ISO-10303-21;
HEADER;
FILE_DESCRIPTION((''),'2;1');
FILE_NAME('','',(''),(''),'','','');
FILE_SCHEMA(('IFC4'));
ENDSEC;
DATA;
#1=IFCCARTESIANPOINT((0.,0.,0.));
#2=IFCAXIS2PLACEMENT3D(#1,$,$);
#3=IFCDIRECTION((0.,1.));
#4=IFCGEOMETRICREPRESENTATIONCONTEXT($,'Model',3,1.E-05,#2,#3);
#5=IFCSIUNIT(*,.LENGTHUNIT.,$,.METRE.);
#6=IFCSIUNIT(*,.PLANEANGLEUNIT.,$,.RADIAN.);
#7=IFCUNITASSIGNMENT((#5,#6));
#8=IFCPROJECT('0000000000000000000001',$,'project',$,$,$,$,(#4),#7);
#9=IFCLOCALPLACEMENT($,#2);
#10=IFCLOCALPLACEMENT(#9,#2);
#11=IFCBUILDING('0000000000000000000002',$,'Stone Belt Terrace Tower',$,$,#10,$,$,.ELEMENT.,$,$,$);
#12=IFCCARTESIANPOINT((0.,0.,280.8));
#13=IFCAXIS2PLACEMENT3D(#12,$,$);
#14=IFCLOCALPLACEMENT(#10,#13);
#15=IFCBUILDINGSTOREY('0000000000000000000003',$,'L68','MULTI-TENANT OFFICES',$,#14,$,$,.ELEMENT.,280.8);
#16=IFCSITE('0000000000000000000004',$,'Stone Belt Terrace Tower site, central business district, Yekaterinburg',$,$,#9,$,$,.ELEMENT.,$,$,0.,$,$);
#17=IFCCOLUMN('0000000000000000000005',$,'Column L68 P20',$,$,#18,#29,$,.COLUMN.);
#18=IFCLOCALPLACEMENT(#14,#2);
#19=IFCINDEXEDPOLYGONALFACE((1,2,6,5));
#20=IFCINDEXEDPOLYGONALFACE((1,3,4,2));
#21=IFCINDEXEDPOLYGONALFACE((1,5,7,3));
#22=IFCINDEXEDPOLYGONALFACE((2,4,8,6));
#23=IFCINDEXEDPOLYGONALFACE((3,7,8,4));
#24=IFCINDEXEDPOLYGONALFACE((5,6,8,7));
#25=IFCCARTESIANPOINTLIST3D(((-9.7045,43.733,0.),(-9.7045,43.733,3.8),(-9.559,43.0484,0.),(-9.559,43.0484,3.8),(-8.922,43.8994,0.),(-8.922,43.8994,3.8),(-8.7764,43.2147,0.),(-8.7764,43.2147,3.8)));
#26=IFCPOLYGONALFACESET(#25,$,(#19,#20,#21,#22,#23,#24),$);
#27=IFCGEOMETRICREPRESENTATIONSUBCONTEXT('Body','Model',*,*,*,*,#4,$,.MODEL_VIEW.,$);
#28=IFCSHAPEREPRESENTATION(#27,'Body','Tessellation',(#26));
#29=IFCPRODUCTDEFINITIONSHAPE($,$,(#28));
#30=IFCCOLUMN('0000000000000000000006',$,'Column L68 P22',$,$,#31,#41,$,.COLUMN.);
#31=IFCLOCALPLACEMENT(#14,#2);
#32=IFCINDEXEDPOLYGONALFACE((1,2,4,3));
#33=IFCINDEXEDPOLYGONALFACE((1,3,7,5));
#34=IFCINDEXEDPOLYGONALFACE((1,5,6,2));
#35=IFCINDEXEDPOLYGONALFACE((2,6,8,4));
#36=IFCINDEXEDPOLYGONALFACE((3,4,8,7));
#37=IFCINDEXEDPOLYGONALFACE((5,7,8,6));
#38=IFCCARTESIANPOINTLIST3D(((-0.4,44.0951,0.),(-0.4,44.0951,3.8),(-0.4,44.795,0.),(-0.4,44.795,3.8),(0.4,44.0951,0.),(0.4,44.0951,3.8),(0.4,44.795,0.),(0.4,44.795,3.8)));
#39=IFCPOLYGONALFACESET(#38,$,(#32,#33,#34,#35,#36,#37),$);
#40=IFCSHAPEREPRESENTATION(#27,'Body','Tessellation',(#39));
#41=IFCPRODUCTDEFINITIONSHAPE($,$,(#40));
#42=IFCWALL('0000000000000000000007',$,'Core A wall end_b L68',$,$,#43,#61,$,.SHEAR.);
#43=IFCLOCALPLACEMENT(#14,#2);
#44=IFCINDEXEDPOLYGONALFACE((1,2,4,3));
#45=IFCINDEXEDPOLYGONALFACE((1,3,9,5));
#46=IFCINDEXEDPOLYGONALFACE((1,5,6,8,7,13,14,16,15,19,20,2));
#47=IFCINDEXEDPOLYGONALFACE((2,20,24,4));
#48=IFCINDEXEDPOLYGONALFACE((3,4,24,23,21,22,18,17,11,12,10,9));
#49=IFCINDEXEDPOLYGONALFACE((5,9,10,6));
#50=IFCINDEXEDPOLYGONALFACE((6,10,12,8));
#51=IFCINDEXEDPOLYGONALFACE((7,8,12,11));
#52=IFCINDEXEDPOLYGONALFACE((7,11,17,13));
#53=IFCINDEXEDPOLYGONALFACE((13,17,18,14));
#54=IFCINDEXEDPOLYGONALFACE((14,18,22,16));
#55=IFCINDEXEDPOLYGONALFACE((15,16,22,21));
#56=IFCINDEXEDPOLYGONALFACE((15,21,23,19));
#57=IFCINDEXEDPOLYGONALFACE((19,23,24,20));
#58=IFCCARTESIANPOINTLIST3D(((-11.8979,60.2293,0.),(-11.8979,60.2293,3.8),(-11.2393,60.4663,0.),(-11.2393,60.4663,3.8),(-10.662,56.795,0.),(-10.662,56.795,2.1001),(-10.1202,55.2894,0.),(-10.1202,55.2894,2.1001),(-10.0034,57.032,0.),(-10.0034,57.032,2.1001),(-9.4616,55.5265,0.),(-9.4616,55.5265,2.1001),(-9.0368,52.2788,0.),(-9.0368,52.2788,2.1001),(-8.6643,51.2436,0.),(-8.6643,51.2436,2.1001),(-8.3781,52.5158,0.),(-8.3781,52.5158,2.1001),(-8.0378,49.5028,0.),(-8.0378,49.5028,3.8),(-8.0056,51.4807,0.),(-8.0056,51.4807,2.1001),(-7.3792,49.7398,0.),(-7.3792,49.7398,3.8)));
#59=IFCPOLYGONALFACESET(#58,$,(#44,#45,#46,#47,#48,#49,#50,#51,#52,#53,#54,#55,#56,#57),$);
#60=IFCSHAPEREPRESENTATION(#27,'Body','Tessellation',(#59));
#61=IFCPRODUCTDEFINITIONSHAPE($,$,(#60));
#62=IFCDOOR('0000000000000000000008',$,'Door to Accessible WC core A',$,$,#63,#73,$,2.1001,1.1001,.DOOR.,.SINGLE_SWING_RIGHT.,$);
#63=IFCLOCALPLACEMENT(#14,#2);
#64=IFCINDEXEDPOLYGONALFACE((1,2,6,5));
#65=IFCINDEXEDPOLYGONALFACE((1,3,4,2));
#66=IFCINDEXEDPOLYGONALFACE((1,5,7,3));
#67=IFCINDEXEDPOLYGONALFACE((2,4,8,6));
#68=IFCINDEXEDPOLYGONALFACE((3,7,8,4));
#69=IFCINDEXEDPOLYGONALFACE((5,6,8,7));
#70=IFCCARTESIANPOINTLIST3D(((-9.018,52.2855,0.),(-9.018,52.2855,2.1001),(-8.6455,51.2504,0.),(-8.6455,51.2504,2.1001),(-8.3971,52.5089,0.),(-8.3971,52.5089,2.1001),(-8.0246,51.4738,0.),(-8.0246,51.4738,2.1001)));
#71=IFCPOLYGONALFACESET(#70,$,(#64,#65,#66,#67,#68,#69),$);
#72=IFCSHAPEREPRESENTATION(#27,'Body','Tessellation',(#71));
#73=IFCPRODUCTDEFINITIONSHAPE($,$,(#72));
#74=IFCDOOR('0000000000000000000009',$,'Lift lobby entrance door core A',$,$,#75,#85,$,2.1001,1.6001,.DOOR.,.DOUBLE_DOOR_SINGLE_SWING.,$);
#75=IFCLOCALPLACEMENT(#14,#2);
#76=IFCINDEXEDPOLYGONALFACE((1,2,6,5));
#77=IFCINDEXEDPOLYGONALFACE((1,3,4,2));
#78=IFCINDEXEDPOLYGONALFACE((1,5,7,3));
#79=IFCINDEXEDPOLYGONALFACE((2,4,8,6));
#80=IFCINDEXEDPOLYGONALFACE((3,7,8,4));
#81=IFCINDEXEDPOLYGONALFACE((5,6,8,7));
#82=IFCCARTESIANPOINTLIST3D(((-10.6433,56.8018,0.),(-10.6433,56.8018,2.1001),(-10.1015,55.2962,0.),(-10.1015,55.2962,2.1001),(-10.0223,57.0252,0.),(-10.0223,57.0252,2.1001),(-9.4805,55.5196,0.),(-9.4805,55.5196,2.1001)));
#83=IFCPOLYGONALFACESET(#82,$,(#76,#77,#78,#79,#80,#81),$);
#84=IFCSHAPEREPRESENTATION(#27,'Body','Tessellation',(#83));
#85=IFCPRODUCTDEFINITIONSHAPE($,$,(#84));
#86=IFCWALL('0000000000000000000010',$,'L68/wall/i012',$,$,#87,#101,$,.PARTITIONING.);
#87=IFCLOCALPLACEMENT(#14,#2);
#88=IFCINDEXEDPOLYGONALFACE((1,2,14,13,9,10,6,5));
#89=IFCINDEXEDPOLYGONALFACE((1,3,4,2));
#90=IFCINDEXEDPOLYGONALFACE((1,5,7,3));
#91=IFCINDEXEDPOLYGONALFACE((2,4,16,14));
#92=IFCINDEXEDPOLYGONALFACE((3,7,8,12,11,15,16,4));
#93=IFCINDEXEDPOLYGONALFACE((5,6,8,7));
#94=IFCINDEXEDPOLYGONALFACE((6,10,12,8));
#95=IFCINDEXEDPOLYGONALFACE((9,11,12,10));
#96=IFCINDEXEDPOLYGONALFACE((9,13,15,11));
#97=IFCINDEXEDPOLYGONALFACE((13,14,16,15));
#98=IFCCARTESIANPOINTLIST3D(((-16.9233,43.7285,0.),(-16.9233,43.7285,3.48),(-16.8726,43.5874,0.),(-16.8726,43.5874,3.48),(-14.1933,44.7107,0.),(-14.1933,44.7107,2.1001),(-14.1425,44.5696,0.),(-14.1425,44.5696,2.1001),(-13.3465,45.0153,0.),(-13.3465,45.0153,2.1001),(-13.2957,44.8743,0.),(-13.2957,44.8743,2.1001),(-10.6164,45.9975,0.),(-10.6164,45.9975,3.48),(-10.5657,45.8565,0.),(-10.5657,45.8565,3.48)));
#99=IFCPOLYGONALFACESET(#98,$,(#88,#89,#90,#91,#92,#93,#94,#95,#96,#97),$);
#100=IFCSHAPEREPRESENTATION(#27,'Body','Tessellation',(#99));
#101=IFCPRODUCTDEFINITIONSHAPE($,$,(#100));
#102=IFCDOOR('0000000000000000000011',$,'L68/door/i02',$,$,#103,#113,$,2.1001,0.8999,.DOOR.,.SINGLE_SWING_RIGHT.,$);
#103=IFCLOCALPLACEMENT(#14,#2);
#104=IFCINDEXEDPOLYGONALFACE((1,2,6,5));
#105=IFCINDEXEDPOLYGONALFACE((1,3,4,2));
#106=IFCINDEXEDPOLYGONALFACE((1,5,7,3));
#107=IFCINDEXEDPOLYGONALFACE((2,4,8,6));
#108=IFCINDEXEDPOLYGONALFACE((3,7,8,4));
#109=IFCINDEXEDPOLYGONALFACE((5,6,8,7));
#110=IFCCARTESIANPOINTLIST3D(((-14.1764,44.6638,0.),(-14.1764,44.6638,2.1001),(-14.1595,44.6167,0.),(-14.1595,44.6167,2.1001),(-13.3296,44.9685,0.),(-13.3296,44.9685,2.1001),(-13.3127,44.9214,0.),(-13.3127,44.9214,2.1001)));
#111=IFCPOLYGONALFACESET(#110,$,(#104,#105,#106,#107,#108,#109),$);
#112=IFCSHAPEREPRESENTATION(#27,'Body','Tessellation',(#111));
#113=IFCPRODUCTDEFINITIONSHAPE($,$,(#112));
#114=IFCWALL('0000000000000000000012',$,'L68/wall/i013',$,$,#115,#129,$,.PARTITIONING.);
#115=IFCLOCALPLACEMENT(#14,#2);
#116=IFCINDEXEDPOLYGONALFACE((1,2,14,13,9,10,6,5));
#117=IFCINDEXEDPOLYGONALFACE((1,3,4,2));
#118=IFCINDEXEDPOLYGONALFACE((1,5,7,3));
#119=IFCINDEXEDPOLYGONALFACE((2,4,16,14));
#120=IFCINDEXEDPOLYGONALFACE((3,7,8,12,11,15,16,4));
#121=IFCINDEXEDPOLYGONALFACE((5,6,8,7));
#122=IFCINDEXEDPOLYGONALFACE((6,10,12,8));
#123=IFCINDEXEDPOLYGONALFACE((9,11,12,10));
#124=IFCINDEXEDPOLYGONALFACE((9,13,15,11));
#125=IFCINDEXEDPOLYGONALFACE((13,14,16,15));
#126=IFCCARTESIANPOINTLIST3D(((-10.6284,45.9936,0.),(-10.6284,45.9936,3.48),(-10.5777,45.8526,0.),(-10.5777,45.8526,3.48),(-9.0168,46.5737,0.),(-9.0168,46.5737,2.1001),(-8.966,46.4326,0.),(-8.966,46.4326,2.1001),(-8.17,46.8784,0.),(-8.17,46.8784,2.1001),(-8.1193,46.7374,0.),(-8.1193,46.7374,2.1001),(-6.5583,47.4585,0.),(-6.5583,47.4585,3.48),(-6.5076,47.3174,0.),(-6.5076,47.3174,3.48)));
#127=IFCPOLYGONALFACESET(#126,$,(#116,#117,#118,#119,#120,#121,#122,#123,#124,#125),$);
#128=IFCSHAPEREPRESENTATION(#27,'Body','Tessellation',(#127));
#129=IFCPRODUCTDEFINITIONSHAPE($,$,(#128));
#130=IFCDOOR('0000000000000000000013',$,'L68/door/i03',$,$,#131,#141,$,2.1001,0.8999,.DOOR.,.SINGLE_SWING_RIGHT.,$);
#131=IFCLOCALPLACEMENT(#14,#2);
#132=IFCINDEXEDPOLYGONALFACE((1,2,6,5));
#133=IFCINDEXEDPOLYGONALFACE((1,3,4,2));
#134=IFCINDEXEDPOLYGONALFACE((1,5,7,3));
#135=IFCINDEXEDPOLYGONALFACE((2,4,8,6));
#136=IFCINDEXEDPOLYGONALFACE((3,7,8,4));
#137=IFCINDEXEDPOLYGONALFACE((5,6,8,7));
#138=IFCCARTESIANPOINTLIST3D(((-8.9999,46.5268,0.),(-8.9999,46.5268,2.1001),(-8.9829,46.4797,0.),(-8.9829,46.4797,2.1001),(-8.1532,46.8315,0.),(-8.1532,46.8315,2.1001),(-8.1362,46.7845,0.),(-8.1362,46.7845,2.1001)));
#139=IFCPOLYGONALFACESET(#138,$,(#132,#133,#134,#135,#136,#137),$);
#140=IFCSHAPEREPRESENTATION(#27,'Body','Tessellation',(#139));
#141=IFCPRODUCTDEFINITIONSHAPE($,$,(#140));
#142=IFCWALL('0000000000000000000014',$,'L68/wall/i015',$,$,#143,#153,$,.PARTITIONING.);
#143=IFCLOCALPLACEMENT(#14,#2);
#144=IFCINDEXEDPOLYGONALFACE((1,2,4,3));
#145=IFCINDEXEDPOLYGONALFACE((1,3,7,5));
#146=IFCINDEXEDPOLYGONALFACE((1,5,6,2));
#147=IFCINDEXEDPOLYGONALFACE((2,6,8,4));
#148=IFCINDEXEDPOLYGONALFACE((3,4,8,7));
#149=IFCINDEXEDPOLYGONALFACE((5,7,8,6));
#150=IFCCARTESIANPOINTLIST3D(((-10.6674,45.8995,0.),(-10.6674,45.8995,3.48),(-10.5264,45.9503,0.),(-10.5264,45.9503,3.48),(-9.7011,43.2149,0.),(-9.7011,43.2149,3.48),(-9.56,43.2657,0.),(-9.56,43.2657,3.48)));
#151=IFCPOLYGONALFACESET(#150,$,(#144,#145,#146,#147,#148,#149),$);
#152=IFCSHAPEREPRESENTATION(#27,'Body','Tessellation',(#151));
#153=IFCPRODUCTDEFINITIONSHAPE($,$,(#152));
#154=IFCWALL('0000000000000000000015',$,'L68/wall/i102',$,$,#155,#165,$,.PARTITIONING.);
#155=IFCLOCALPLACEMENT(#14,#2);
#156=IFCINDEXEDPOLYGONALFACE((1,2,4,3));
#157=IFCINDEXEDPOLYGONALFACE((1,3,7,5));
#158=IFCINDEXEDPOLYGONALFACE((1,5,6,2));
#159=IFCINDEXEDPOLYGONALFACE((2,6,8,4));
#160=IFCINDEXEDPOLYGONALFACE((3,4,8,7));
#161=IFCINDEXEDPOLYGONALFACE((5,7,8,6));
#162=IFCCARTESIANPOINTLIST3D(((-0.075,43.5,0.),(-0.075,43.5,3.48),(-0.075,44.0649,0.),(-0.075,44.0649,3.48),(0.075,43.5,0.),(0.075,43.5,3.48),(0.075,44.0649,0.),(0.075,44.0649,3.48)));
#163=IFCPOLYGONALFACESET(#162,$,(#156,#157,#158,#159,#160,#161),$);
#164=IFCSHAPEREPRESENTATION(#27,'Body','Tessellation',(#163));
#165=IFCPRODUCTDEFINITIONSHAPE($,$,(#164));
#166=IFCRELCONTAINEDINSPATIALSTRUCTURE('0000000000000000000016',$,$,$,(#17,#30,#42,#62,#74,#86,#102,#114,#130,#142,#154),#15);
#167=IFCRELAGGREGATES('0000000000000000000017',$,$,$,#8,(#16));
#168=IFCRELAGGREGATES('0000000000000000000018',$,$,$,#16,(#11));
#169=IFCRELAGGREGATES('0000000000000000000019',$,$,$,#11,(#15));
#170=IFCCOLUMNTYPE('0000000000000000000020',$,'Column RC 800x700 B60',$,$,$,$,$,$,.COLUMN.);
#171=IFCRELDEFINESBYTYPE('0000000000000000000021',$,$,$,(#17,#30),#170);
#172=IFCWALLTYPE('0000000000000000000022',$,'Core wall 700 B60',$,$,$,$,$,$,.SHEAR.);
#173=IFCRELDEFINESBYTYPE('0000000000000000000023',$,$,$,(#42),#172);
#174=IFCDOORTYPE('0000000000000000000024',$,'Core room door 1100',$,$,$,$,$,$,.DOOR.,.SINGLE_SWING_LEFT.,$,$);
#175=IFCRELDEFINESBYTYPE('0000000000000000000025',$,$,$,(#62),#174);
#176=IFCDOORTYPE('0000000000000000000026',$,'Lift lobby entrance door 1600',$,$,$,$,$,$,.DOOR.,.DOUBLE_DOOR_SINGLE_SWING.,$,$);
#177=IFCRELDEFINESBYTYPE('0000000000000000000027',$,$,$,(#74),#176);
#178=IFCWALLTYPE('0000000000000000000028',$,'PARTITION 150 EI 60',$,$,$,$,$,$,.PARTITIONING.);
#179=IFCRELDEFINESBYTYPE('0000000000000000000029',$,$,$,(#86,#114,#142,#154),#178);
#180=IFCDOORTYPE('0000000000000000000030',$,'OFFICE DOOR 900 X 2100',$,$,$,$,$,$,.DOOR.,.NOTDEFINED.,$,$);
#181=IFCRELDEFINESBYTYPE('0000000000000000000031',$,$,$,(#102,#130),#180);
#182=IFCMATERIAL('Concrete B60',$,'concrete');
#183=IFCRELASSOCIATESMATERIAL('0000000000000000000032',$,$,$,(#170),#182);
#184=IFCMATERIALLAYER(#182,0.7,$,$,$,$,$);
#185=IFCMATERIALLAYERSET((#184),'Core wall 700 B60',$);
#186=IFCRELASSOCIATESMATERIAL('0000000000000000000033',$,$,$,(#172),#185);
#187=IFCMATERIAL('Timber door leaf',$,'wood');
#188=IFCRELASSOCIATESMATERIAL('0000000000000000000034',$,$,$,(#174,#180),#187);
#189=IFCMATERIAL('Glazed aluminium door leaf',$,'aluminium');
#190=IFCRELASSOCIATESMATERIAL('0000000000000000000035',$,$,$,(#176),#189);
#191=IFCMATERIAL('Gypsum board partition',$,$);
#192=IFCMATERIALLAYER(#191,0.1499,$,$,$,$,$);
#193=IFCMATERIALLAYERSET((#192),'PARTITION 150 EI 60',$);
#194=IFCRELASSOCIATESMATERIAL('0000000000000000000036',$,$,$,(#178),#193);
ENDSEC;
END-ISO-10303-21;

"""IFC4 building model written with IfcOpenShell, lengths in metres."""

from ifc_helpers import new_model, si_unit, direction, frame, frame_2d, origin, origin_2d, place, context, subcontext, project, spatial, rectangle, extrude, material, layer, layer_set, material_profile, profile_set, type_object, element, fill, save


model = new_model("IFC4")

# Units and contexts
model_context = context("Model", 3, precision=1e-05, world=origin(), true_north=direction((0.0, 1.0)))
body_context = subcontext(model_context, "Body", "Model", "MODEL_VIEW")
ifc_project = project(units=[si_unit("LENGTHUNIT", "METRE"), si_unit("PLANEANGLEUNIT", "RADIAN")], contexts=[model_context])

# Site, building, storey
site_placement = place(None, origin())
site = spatial("IfcSite", under=ifc_project, at=site_placement, Name="Stone Belt Terrace Tower site, central business district, Yekaterinburg", CompositionType="ELEMENT", RefElevation=0.0)
building_placement = place(site_placement, origin())
building = spatial("IfcBuilding", under=site, at=building_placement, Name="Stone Belt Terrace Tower", CompositionType="ELEMENT")
storey_placement = place(building_placement, frame((0.0, 0.0, 280.8)))
storey = spatial("IfcBuildingStorey", under=building, at=storey_placement, Name="L68", Description="MULTI-TENANT OFFICES", CompositionType="ELEMENT", Elevation=280.8)

# Columns
ifc_material_1 = material(Name="Concrete B60", Category="concrete")
ifc_material_profile = material_profile(ifc_material_1, rectangle(XDim=0.8, YDim=0.7, at=origin_2d()), Name="RC 800x700")
ifc_profile_set = profile_set([ifc_material_profile], Name="Concrete B60")
column_type = type_object("IfcColumnType", Name="Column RC 800x700 B60", PredefinedType="COLUMN", material=ifc_profile_set)
for number, where, z_axis, x_axis, name in (
    (1, (-9.2405, 43.4739, 0.0), (0.0, 0.0, 1.0), (0.978148, 0.207912, 0.0), "Column L68 P20"),
    (2, (0.0, 44.4451, 0.0), (0.0, 0.0, 1.0), (1.0, 0.0, 0.0), "Column L68 P22"),
):
    element("IfcColumn", number, at=place(storey_placement, frame(where, z_axis=z_axis, x_axis=x_axis)), inside=storey, type_object=column_type, Name=name, PredefinedType="COLUMN", context=body_context, shape_type="SweptSolid", body=[
        extrude(rectangle(XDim=0.8, YDim=0.7, at=origin_2d()), origin(), (0.0, 0.0, 1.0), 3.8),
    ])

# Wall, openings, doors
ifc_layer_1 = layer(ifc_material_1, 0.7)
ifc_layer_set_1 = layer_set([ifc_layer_1], Name="Core wall 700 B60")
wall_type_1 = type_object("IfcWallType", Name="Core wall 700 B60", PredefinedType="SHEAR", material=ifc_layer_set_1)
wall_1_placement = place(storey_placement, frame((-7.7085, 49.6213, 0.0), z_axis=(0.0, 0.0, 1.0), x_axis=(-0.338606, 0.940928, 0.0)))
wall_1 = element("IfcWall", 3, at=wall_1_placement, inside=storey, type_object=wall_type_1, Name="Core A wall end_b L68", PredefinedType="SHEAR", context=body_context, shape_type="SweptSolid", body=[
    extrude(rectangle(XDim=11.3999, YDim=0.7, at=frame_2d((5.7, 0.0))), origin(), (0.0, 0.0, 1.0), 3.8),
])
opening_1_placement = place(wall_1_placement, frame((6.1499, 0.0, 0.0)))
opening_1 = element("IfcOpeningElement", 4, at=opening_1_placement, cuts=wall_1, PredefinedType="OPENING", context=body_context, shape_type="SweptSolid", body=[
    extrude(rectangle(XDim=1.6001, YDim=2.1001, at=frame_2d((0.8, 1.05))), frame((0.0, 0.3599, 0.0), z_axis=(0.0, -1.0, 0.0), x_axis=(1.0, 0.0, 0.0)), (0.0, 0.0, 1.0), 0.72),
])
opening_2_placement = place(wall_1_placement, frame((1.8501, 0.0, 0.0)))
opening_2 = element("IfcOpeningElement", 5, at=opening_2_placement, cuts=wall_1, PredefinedType="OPENING", context=body_context, shape_type="SweptSolid", body=[
    extrude(rectangle(XDim=1.1001, YDim=2.1001, at=frame_2d((0.55, 1.05))), frame((0.0, 0.3599, 0.0), z_axis=(0.0, -1.0, 0.0), x_axis=(1.0, 0.0, 0.0)), (0.0, 0.0, 1.0), 0.72),
])
ifc_material_2 = material(Name="Timber door leaf", Category="wood")
door_type_1 = type_object("IfcDoorType", Name="Core room door 1100", OperationType="SINGLE_SWING_LEFT", PredefinedType="DOOR", material=ifc_material_2)
door_1_placement = place(opening_2_placement, origin())
door_1 = element("IfcDoor", 6, at=door_1_placement, inside=storey, type_object=door_type_1, Name="Door to Accessible WC core A", OperationType="SINGLE_SWING_RIGHT", OverallHeight=2.1001, OverallWidth=1.1001, PredefinedType="DOOR", context=body_context, shape_type="SweptSolid", body=[
    extrude(rectangle(XDim=1.1001, YDim=2.1001, at=frame_2d((0.55, 1.05))), frame((0.0, 0.3301, 0.0), z_axis=(0.0, -1.0, 0.0), x_axis=(1.0, 0.0, 0.0)), (0.0, 0.0, 1.0), 0.6599),
])
fill(opening_2, door_1)
ifc_material_3 = material(Name="Glazed aluminium door leaf", Category="aluminium")
door_type_2 = type_object("IfcDoorType", Name="Lift lobby entrance door 1600", OperationType="DOUBLE_DOOR_SINGLE_SWING", PredefinedType="DOOR", material=ifc_material_3)
door_2_placement = place(opening_1_placement, origin())
door_2 = element("IfcDoor", 7, at=door_2_placement, inside=storey, type_object=door_type_2, Name="Lift lobby entrance door core A", OperationType="DOUBLE_DOOR_SINGLE_SWING", OverallHeight=2.1001, OverallWidth=1.6001, PredefinedType="DOOR", context=body_context, shape_type="SweptSolid", body=[
    extrude(rectangle(XDim=1.6001, YDim=2.1001, at=frame_2d((0.8, 1.05))), frame((0.0, 0.3301, 0.0), z_axis=(0.0, -1.0, 0.0), x_axis=(1.0, 0.0, 0.0)), (0.0, 0.0, 1.0), 0.6599),
])
fill(opening_1, door_2)

# Walls, openings, doors
ifc_material_4 = material(Name="Gypsum board partition")
ifc_layer_2 = layer(ifc_material_4, 0.1499)
ifc_layer_set_2 = layer_set([ifc_layer_2], Name="PARTITION 150 EI 60")
wall_type_2 = type_object("IfcWallType", Name="PARTITION 150 EI 60", PredefinedType="PARTITIONING", material=ifc_layer_set_2)
wall_2_placement = place(storey_placement, frame((-10.5911, 45.927, 0.0), z_axis=(0.0, 0.0, 1.0), x_axis=(-0.940956, -0.33853, 0.0)))
wall_2 = element("IfcWall", 8, at=wall_2_placement, inside=storey, type_object=wall_type_2, Name="L68/wall/i012", PredefinedType="PARTITIONING", context=body_context, shape_type="SweptSolid", body=[
    extrude(rectangle(XDim=6.7026, YDim=0.1499, at=frame_2d((3.3513, 0.0))), origin(), (0.0, 0.0, 1.0), 3.48),
])
opening_3_placement = place(wall_2_placement, frame((2.9014, 0.0, 0.0)))
opening_3 = element("IfcOpeningElement", 9, at=opening_3_placement, cuts=wall_2, PredefinedType="OPENING", context=body_context, shape_type="SweptSolid", body=[
    extrude(rectangle(XDim=0.8999, YDim=2.1001, at=frame_2d((0.45, 1.05))), frame((0.0, 0.085, 0.0), z_axis=(0.0, -1.0, 0.0), x_axis=(1.0, 0.0, 0.0)), (0.0, 0.0, 1.0), 0.1699),
])
door_type_3 = type_object("IfcDoorType", Name="OFFICE DOOR 900 X 2100", OperationType="NOTDEFINED", PredefinedType="DOOR", material=ifc_material_2)
door_3_placement = place(opening_3_placement, origin())
door_3 = element("IfcDoor", 10, at=door_3_placement, inside=storey, type_object=door_type_3, Name="L68/door/i02", OperationType="SINGLE_SWING_RIGHT", OverallHeight=2.1001, OverallWidth=0.8999, PredefinedType="DOOR", context=body_context, shape_type="SweptSolid", body=[
    extrude(rectangle(XDim=0.8999, YDim=2.1001, at=frame_2d((0.45, 1.05))), frame((0.0, 0.0249, 0.0), z_axis=(0.0, -1.0, 0.0), x_axis=(1.0, 0.0, 0.0)), (0.0, 0.0, 1.0), 0.05),
])
fill(opening_3, door_3)
wall_3_placement = place(storey_placement, frame((-6.533, 47.3879, 0.0), z_axis=(0.0, 0.0, 1.0), x_axis=(-0.940915, -0.338642, 0.0)))
wall_3 = element("IfcWall", 11, at=wall_3_placement, inside=storey, type_object=wall_type_2, Name="L68/wall/i013", PredefinedType="PARTITIONING", context=body_context, shape_type="SweptSolid", body=[
    extrude(rectangle(XDim=4.3257, YDim=0.1499, at=frame_2d((2.1628, 0.0))), origin(), (0.0, 0.0, 1.0), 3.48),
])
opening_4_placement = place(wall_3_placement, frame((1.7129, 0.0, 0.0)))
opening_4 = element("IfcOpeningElement", 12, at=opening_4_placement, cuts=wall_3, PredefinedType="OPENING", context=body_context, shape_type="SweptSolid", body=[
    extrude(rectangle(XDim=0.8999, YDim=2.1001, at=frame_2d((0.45, 1.05))), frame((0.0, 0.085, 0.0), z_axis=(0.0, -1.0, 0.0), x_axis=(1.0, 0.0, 0.0)), (0.0, 0.0, 1.0), 0.1699),
])
door_4_placement = place(opening_4_placement, origin())
door_4 = element("IfcDoor", 13, at=door_4_placement, inside=storey, type_object=door_type_3, Name="L68/door/i03", OperationType="SINGLE_SWING_RIGHT", OverallHeight=2.1001, OverallWidth=0.8999, PredefinedType="DOOR", context=body_context, shape_type="SweptSolid", body=[
    extrude(rectangle(XDim=0.8999, YDim=2.1001, at=frame_2d((0.45, 1.05))), frame((0.0, 0.0249, 0.0), z_axis=(0.0, -1.0, 0.0), x_axis=(1.0, 0.0, 0.0)), (0.0, 0.0, 1.0), 0.05),
])
fill(opening_4, door_4)

# Walls
wall_4_placement = place(storey_placement, frame((-10.5969, 45.925, 0.0), z_axis=(0.0, 0.0, 1.0), x_axis=(0.338677, -0.940903, 0.0)))
element("IfcWall", 14, at=wall_4_placement, inside=storey, type_object=wall_type_2, Name="L68/wall/i015", PredefinedType="PARTITIONING", context=body_context, shape_type="SweptSolid", body=[
    extrude(rectangle(XDim=2.8533, YDim=0.1499, at=frame_2d((1.4268, 0.0))), origin(), (0.0, 0.0, 1.0), 3.48),
])
wall_5_placement = place(storey_placement, frame((0.0, 44.0649, 0.0), z_axis=(0.0, 0.0, 1.0), x_axis=(0.0, -1.0, 0.0)))
element("IfcWall", 15, at=wall_5_placement, inside=storey, type_object=wall_type_2, Name="L68/wall/i102", PredefinedType="PARTITIONING", context=body_context, shape_type="SweptSolid", body=[
    extrude(rectangle(XDim=0.5649, YDim=0.1499, at=frame_2d((0.2825, 0.0))), origin(), (0.0, 0.0, 1.0), 3.48),
])

save(model, "model.ifc")
